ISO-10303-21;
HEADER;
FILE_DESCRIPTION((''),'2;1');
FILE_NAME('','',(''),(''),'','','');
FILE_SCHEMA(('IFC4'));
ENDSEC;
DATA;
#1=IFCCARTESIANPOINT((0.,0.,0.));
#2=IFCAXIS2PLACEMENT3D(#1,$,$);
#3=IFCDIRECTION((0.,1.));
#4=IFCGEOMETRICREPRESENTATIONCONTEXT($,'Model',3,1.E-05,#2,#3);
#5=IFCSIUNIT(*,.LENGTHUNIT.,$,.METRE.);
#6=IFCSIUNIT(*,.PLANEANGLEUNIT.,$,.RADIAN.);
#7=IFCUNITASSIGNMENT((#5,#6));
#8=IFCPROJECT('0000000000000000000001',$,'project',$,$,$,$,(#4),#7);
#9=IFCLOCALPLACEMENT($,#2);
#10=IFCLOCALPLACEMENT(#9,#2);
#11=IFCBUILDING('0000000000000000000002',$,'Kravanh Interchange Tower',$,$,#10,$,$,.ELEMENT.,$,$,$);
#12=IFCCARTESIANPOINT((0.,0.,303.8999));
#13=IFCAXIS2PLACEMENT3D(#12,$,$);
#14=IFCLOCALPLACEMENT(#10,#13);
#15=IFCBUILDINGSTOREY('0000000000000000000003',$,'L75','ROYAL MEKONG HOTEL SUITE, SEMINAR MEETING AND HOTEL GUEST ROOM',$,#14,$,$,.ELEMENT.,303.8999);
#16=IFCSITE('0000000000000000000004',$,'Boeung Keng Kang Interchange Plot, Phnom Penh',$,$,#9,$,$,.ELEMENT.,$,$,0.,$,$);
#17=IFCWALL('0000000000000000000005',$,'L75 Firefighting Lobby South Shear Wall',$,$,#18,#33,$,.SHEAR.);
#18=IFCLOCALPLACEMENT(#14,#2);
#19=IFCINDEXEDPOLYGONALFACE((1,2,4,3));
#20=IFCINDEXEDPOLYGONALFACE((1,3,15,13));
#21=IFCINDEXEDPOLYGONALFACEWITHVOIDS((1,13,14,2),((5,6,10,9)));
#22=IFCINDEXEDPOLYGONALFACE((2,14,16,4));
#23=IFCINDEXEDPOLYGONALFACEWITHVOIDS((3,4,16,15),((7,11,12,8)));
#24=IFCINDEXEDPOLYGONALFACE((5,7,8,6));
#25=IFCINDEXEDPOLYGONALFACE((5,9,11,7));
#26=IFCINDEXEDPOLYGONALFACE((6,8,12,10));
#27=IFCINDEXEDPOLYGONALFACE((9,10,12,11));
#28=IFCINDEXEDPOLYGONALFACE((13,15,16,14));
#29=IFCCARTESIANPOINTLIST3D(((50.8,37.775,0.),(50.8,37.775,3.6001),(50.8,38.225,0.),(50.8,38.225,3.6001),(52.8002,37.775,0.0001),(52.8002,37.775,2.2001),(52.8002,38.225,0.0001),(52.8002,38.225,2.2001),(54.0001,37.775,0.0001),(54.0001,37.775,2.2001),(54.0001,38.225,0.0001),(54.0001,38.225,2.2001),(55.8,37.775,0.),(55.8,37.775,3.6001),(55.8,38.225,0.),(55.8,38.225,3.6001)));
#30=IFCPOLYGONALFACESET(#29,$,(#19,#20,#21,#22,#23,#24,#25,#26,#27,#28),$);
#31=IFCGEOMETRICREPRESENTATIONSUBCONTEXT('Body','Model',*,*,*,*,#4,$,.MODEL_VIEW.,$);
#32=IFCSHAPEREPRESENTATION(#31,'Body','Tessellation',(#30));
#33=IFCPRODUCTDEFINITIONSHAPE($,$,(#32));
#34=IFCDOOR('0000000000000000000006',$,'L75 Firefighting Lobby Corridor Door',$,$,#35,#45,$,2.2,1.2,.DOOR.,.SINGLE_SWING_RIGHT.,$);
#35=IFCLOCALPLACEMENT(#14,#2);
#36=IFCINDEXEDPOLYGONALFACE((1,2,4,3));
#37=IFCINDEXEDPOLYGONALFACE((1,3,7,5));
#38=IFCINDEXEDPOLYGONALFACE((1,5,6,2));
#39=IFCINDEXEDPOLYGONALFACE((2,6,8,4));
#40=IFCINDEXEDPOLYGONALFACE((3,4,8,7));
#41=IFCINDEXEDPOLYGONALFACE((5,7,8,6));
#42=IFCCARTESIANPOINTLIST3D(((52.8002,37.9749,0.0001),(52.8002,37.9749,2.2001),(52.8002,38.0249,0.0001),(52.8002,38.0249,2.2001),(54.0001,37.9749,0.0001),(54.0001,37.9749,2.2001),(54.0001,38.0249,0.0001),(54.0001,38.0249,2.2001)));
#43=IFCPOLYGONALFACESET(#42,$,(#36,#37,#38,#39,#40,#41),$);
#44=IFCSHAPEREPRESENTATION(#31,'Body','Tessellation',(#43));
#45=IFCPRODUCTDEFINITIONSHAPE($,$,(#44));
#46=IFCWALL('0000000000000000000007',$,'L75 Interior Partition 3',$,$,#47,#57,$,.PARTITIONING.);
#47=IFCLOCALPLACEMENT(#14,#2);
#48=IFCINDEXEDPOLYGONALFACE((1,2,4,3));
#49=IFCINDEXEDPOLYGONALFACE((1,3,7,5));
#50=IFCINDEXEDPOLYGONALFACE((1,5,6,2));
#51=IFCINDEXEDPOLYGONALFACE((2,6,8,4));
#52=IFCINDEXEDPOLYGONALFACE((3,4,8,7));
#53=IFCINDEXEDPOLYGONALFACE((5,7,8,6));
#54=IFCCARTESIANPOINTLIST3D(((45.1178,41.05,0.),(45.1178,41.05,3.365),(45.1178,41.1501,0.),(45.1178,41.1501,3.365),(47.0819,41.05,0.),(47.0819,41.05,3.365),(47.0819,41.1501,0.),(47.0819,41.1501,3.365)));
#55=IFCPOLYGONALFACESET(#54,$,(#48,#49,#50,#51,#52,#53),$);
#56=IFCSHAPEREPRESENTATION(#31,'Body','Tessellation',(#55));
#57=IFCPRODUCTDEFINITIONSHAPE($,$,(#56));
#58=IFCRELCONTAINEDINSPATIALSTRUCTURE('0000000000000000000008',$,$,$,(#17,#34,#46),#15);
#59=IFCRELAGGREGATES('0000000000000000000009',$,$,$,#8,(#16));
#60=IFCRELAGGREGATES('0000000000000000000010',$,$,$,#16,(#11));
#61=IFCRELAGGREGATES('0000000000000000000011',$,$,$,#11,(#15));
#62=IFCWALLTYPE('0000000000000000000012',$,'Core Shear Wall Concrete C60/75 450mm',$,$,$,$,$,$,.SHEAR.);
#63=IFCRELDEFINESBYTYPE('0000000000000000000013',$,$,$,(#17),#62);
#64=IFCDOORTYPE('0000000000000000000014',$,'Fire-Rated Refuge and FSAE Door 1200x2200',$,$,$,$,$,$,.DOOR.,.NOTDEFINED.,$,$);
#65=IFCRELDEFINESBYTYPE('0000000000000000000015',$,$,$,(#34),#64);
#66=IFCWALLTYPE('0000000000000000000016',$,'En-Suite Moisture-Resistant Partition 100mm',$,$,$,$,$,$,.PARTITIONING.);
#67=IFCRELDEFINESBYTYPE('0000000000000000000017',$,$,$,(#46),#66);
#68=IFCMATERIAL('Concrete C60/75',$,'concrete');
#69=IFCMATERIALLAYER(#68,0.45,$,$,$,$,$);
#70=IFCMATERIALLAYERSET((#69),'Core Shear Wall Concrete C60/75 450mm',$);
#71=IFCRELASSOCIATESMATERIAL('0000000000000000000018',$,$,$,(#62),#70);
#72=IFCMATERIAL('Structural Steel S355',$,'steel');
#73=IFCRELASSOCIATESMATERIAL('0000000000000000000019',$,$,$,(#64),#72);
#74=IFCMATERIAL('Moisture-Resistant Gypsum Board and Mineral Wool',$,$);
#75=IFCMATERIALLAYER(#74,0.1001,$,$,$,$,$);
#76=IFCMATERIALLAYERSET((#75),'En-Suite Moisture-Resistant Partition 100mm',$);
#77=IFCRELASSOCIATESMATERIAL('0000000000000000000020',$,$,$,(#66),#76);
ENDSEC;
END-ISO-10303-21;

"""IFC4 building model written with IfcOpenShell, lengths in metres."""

from ifc_helpers import new_model, si_unit, direction, frame, frame_2d, origin, place, context, subcontext, project, spatial, rectangle, extrude, material, layer, layer_set, type_object, element, fill, save


model = new_model("IFC4")

# Units and contexts
model_context = context("Model", 3, precision=1e-05, world=origin(), true_north=direction((0.0, 1.0)))
body_context = subcontext(model_context, "Body", "Model", "MODEL_VIEW")
ifc_project = project(units=[si_unit("LENGTHUNIT", "METRE"), si_unit("PLANEANGLEUNIT", "RADIAN")], contexts=[model_context])

# Site, building, storey
site_placement = place(None, origin())
site = spatial("IfcSite", under=ifc_project, at=site_placement, Name="Boeung Keng Kang Interchange Plot, Phnom Penh", CompositionType="ELEMENT", RefElevation=0.0)
building_placement = place(site_placement, origin())
building = spatial("IfcBuilding", under=site, at=building_placement, Name="Kravanh Interchange Tower", CompositionType="ELEMENT")
storey_placement = place(building_placement, frame((0.0, 0.0, 303.8999)))
storey = spatial("IfcBuildingStorey", under=building, at=storey_placement, Name="L75", Description="ROYAL MEKONG HOTEL SUITE, SEMINAR MEETING AND HOTEL GUEST ROOM", CompositionType="ELEMENT", Elevation=303.8999)

# Shared definitions
ifc_material_1 = material(Name="Concrete C60/75", Category="concrete")
ifc_layer_1 = layer(ifc_material_1, 0.45)
ifc_layer_set_1 = layer_set([ifc_layer_1], Name="Core Shear Wall Concrete C60/75 450mm")
wall_type_1 = type_object("IfcWallType", Name="Core Shear Wall Concrete C60/75 450mm", PredefinedType="SHEAR", material=ifc_layer_set_1)

# Wall, opening, door
wall_1_placement = place(storey_placement, frame((50.8, 38.0, 0.0), z_axis=(0.0, 0.0, 1.0), x_axis=(1.0, 0.0, 0.0)))
wall_1 = element("IfcWall", 1, at=wall_1_placement, inside=storey, type_object=wall_type_1, Name="L75 Firefighting Lobby South Shear Wall", PredefinedType="SHEAR", context=body_context, shape_type="SweptSolid", body=[
    extrude(rectangle(XDim=5.0, YDim=0.45, at=frame_2d((2.5, 0.0))), origin(), (0.0, 0.0, 1.0), 3.6001),
])
opening_1_placement = place(wall_1_placement, frame((2.0, 0.0, 0.0)))
opening_1 = element("IfcOpeningElement", 2, at=opening_1_placement, cuts=wall_1, PredefinedType="OPENING", context=body_context, shape_type="SweptSolid", body=[
    extrude(rectangle(XDim=1.2, YDim=2.2, at=frame_2d((0.6001, 1.1001))), frame((0.0, 0.2349, 0.0), z_axis=(0.0, -1.0, 0.0), x_axis=(1.0, 0.0, 0.0)), (0.0, 0.0, 1.0), 0.47),
])
ifc_material_2 = material(Name="Structural Steel S355", Category="steel")
door_type_1 = type_object("IfcDoorType", Name="Fire-Rated Refuge and FSAE Door 1200x2200", OperationType="NOTDEFINED", PredefinedType="DOOR", material=ifc_material_2)
door_1_placement = place(opening_1_placement, origin())
door_1 = element("IfcDoor", 3, at=door_1_placement, inside=storey, type_object=door_type_1, Name="L75 Firefighting Lobby Corridor Door", OperationType="SINGLE_SWING_RIGHT", OverallHeight=2.2, OverallWidth=1.2, PredefinedType="DOOR", context=body_context, shape_type="SweptSolid", body=[
    extrude(rectangle(XDim=1.2, YDim=2.2, at=frame_2d((0.6001, 1.1001))), frame((0.0, 0.0249, 0.0), z_axis=(0.0, -1.0, 0.0), x_axis=(1.0, 0.0, 0.0)), (0.0, 0.0, 1.0), 0.05),
])
fill(opening_1, door_1)

# Wall
ifc_material_3 = material(Name="Moisture-Resistant Gypsum Board and Mineral Wool")
ifc_layer_2 = layer(ifc_material_3, 0.1001)
ifc_layer_set_2 = layer_set([ifc_layer_2], Name="En-Suite Moisture-Resistant Partition 100mm")
wall_type_2 = type_object("IfcWallType", Name="En-Suite Moisture-Resistant Partition 100mm", PredefinedType="PARTITIONING", material=ifc_layer_set_2)
wall_2_placement = place(storey_placement, frame((45.1179, 41.1001, 0.0), z_axis=(0.0, 0.0, 1.0), x_axis=(1.0, 0.0, 0.0)))
element("IfcWall", 4, at=wall_2_placement, inside=storey, type_object=wall_type_2, Name="L75 Interior Partition 3", PredefinedType="PARTITIONING", context=body_context, shape_type="SweptSolid", body=[
    extrude(rectangle(XDim=1.9641, YDim=0.1001, at=frame_2d((0.9819, 0.0))), origin(), (0.0, 0.0, 1.0), 3.365),
])

save(model, "model.ifc")
